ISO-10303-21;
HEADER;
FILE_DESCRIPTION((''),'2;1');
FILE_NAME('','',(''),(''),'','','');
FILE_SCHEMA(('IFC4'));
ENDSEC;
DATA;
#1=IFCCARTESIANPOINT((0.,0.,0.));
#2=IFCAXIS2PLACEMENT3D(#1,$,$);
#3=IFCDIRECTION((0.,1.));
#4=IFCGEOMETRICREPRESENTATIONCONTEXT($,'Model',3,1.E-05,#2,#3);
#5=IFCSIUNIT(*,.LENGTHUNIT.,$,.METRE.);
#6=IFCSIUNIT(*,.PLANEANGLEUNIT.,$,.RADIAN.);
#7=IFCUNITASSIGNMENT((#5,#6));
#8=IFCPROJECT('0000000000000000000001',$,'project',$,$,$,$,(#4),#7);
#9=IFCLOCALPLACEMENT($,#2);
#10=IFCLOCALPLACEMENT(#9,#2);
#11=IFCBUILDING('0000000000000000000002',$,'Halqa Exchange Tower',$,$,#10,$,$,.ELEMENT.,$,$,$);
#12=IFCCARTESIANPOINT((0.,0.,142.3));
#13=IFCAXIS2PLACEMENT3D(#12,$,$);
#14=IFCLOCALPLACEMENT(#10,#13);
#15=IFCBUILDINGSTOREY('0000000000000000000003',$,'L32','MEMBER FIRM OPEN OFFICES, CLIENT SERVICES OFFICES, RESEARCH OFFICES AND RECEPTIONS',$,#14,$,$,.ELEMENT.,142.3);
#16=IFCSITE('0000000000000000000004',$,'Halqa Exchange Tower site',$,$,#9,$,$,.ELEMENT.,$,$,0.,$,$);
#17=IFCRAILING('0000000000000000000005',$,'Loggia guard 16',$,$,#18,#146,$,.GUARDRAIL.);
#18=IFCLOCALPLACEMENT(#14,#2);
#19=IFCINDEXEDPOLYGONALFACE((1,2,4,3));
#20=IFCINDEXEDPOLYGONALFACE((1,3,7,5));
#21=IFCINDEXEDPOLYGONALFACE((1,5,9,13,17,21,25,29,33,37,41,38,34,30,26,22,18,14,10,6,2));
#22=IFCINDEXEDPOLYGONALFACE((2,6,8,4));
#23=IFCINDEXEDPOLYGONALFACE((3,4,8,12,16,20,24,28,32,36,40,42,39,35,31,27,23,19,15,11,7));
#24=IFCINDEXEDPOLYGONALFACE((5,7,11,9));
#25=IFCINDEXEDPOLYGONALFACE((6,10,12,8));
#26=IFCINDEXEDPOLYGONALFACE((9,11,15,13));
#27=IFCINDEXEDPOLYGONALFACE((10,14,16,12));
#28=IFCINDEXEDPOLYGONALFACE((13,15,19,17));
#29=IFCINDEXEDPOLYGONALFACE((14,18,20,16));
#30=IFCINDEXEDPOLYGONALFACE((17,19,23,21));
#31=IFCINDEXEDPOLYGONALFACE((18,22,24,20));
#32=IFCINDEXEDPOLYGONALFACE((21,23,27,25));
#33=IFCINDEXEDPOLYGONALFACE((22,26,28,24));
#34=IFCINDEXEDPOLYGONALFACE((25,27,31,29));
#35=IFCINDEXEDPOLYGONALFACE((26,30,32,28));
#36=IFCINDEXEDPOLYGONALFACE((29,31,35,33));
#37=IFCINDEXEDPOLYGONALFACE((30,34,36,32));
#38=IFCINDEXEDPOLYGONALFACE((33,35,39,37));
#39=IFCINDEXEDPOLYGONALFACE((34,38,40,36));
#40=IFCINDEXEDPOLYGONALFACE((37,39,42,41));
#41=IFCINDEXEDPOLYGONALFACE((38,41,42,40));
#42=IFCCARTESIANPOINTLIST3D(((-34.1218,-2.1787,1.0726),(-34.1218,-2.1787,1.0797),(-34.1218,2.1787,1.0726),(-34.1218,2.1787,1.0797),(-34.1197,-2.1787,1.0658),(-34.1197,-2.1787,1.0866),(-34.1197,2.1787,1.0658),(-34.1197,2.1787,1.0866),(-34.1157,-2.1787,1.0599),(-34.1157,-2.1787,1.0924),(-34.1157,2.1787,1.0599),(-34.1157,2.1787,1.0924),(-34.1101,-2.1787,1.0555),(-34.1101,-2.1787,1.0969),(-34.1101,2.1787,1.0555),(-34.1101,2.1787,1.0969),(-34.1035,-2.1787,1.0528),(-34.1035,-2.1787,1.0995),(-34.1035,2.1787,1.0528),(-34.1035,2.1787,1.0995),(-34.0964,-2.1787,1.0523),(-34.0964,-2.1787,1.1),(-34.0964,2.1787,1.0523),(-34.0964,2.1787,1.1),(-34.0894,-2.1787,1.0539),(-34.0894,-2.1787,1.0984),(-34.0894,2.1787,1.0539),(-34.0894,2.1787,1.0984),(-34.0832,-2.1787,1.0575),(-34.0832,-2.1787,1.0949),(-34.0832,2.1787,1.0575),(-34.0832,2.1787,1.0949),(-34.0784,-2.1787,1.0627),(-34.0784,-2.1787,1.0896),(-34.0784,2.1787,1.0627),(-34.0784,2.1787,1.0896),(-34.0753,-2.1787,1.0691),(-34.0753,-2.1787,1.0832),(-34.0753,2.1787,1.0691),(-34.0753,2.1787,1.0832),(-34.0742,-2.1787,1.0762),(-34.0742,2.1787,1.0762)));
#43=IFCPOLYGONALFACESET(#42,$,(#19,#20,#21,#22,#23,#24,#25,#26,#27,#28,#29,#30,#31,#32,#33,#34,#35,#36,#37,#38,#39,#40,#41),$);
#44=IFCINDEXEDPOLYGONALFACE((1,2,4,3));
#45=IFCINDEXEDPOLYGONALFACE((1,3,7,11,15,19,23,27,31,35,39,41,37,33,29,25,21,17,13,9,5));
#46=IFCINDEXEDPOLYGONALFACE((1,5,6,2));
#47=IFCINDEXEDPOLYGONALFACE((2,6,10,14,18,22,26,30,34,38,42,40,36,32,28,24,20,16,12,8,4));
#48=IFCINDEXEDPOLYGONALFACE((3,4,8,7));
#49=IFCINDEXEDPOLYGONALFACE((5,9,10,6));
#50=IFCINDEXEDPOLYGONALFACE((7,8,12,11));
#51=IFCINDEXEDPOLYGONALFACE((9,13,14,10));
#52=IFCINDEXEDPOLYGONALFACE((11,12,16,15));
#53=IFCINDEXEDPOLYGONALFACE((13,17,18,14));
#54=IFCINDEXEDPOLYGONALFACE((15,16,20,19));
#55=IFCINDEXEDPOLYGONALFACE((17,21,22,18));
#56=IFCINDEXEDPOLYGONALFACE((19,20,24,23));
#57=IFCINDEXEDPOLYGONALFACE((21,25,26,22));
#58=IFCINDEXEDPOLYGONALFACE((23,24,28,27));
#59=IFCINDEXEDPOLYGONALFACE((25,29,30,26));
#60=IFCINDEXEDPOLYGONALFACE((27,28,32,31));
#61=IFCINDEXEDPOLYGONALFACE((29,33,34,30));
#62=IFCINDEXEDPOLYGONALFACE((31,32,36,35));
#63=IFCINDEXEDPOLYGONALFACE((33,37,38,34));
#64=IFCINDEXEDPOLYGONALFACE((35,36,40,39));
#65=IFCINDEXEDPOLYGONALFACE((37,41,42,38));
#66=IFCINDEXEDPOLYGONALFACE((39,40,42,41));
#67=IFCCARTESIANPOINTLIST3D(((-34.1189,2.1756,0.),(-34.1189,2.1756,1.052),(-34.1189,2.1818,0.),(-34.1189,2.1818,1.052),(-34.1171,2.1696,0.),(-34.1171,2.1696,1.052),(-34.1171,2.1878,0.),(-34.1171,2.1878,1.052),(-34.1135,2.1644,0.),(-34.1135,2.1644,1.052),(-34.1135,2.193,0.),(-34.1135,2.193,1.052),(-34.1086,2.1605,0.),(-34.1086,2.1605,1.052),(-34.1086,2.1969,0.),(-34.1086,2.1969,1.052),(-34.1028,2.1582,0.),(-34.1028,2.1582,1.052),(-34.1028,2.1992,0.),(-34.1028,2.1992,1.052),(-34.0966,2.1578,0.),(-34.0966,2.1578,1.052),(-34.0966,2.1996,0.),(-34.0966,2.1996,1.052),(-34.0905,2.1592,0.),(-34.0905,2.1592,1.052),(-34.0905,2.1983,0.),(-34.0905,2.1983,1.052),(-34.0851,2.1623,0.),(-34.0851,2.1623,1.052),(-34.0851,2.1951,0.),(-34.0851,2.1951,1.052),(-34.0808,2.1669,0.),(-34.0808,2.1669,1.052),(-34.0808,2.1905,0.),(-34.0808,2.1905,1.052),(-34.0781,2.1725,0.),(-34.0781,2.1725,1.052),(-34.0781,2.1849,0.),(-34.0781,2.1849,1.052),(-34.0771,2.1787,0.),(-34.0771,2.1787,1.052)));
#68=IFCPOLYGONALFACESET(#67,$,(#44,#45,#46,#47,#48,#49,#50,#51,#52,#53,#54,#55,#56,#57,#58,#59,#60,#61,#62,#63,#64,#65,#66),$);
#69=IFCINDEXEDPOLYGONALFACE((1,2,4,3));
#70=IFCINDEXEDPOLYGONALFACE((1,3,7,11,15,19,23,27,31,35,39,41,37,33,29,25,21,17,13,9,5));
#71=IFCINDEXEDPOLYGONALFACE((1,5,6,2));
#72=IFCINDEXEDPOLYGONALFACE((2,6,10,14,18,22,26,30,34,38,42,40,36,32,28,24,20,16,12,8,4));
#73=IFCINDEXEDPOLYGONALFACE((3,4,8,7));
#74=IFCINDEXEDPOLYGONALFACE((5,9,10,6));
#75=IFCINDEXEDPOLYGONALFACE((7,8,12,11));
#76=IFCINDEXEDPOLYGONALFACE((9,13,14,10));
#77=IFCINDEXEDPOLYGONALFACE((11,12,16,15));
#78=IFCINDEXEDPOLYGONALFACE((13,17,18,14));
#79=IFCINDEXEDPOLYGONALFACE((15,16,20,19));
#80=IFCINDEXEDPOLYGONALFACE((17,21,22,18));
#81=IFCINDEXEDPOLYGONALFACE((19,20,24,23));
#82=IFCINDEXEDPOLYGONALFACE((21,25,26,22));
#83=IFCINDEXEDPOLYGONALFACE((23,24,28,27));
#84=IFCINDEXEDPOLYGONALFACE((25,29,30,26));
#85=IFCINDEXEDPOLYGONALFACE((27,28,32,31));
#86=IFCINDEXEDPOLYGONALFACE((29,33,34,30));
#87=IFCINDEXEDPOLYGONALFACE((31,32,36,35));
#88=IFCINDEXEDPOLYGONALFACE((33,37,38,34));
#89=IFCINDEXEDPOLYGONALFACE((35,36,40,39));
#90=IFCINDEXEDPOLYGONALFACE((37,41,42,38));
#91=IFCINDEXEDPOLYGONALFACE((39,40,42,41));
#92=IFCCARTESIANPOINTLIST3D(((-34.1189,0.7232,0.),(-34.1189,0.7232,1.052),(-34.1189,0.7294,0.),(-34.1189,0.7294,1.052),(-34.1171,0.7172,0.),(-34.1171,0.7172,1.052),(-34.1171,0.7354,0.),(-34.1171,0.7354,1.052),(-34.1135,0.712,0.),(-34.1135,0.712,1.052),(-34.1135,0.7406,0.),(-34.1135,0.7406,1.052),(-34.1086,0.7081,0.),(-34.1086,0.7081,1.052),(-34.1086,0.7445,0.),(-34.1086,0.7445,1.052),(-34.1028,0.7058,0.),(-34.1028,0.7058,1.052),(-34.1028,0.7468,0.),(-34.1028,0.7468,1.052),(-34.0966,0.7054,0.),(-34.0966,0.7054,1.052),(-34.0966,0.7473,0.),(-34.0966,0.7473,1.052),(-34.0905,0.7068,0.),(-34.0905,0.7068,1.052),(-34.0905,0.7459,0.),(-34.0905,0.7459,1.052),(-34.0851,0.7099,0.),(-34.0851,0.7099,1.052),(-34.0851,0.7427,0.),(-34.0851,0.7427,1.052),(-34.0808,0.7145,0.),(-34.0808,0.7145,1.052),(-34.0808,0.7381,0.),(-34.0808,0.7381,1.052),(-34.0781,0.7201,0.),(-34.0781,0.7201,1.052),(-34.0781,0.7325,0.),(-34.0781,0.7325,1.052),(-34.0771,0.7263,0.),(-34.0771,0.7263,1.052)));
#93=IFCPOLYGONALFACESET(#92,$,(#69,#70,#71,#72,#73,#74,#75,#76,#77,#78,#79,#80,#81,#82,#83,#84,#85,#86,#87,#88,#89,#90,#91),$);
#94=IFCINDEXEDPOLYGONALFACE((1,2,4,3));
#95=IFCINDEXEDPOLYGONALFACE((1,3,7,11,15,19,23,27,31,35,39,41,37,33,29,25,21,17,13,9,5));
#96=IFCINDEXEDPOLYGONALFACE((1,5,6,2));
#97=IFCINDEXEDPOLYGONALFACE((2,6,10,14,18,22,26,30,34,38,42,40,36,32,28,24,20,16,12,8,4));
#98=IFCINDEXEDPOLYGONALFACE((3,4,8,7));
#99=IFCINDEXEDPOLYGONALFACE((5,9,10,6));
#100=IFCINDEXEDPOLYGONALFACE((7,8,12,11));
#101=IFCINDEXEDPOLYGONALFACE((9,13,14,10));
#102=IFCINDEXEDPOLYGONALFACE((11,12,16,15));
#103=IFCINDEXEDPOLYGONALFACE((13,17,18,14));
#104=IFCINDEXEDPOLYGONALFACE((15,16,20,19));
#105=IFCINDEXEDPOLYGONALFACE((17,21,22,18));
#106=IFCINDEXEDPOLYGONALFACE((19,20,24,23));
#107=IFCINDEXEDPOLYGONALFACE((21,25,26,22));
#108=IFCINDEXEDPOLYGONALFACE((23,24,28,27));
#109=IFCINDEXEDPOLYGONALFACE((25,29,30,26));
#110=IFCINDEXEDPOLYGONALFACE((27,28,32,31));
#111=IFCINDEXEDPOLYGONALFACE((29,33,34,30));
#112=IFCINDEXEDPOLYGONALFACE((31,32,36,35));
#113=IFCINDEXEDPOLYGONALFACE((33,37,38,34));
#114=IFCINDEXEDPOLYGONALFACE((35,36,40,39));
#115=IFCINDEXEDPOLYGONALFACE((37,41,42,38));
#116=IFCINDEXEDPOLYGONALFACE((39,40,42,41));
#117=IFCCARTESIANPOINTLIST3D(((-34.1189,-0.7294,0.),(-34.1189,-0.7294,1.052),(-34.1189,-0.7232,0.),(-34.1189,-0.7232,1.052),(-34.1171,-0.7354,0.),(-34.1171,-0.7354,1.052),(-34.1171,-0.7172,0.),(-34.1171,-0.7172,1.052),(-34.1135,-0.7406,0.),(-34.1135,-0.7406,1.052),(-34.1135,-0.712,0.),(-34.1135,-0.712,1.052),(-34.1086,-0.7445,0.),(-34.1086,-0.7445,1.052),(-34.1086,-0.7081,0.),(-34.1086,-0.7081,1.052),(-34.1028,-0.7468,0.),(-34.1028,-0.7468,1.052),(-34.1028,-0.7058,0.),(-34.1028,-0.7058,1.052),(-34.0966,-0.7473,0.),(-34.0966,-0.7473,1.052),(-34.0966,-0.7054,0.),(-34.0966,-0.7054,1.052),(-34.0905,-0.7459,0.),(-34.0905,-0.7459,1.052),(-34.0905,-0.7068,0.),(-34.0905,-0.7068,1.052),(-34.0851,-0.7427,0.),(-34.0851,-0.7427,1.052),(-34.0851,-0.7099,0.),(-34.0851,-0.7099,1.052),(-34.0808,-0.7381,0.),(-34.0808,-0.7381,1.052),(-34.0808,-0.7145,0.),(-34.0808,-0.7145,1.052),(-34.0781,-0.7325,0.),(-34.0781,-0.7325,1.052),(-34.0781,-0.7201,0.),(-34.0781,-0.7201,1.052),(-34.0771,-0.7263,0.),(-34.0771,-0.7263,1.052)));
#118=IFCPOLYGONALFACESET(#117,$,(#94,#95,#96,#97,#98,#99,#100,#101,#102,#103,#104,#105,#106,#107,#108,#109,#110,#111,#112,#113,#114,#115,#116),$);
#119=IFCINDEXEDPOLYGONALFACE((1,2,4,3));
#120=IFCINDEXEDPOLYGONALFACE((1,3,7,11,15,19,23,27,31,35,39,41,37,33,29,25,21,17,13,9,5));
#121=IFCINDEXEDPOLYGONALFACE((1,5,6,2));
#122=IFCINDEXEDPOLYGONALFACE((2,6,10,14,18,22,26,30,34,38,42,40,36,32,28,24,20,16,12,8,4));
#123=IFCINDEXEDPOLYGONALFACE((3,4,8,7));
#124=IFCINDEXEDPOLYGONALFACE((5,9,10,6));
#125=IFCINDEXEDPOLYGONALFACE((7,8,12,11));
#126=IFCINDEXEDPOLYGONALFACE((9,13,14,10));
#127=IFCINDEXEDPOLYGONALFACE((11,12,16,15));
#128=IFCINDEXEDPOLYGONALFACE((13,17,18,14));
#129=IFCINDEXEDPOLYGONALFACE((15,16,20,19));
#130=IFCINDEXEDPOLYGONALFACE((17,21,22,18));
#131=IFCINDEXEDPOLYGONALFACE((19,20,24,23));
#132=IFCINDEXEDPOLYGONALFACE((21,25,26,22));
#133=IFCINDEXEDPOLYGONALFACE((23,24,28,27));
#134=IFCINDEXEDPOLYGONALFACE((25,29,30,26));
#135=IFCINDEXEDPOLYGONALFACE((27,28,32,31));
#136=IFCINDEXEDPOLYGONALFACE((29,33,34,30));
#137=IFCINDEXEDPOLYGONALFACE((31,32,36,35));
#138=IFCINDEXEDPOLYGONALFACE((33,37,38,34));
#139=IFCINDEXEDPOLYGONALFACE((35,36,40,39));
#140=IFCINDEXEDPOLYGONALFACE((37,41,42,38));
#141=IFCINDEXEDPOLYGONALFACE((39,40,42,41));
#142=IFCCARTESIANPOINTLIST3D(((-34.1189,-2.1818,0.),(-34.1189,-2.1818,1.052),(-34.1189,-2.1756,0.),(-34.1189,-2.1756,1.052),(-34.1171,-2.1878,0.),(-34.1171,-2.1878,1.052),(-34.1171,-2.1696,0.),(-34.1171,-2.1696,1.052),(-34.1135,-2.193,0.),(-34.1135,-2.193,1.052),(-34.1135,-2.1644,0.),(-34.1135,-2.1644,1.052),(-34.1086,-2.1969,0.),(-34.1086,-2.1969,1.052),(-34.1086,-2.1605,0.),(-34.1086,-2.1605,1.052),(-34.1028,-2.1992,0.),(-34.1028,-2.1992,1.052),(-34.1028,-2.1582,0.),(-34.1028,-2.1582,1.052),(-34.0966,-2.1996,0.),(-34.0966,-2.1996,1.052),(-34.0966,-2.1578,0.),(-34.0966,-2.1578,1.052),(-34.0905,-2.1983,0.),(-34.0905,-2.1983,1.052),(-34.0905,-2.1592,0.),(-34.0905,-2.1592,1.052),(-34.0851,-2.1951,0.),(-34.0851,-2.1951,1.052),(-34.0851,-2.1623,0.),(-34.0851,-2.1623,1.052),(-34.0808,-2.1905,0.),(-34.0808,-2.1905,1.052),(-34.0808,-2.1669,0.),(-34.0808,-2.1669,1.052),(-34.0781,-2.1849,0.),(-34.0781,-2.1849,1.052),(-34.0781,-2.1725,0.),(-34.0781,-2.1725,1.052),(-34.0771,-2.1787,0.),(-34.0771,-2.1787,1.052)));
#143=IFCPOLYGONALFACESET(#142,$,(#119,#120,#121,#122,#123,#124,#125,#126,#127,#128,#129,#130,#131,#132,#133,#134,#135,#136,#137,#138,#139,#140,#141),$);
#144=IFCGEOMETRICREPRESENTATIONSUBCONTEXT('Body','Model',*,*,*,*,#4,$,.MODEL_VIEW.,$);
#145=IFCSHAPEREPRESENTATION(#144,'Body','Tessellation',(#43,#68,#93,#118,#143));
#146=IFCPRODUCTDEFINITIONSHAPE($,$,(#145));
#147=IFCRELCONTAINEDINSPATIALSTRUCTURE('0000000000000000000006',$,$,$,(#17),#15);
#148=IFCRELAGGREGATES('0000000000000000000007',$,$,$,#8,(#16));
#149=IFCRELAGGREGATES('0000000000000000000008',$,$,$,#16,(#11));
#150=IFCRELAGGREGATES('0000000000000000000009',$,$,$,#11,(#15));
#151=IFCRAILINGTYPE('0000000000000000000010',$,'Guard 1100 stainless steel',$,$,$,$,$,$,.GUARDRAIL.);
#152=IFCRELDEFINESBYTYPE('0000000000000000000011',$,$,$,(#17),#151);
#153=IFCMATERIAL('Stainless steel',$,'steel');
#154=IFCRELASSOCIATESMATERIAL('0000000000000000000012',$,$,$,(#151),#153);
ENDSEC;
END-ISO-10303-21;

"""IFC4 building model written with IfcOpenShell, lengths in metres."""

from ifc_helpers import new_model, si_unit, direction, frame, origin, origin_2d, place, context, subcontext, project, spatial, circle, extrude, material, type_object, element, save


model = new_model("IFC4")

# Units and contexts
model_context = context("Model", 3, precision=1e-05, world=origin(), true_north=direction((0.0, 1.0)))
body_context = subcontext(model_context, "Body", "Model", "MODEL_VIEW")
ifc_project = project(units=[si_unit("LENGTHUNIT", "METRE"), si_unit("PLANEANGLEUNIT", "RADIAN")], contexts=[model_context])

# Site, building, storey
site_placement = place(None, origin())
site = spatial("IfcSite", under=ifc_project, at=site_placement, Name="Halqa Exchange Tower site", CompositionType="ELEMENT", RefElevation=0.0)
building_placement = place(site_placement, origin())
building = spatial("IfcBuilding", under=site, at=building_placement, Name="Halqa Exchange Tower", CompositionType="ELEMENT")
storey_placement = place(building_placement, frame((0.0, 0.0, 142.3)))
storey = spatial("IfcBuildingStorey", under=building, at=storey_placement, Name="L32", Description="MEMBER FIRM OPEN OFFICES, CLIENT SERVICES OFFICES, RESEARCH OFFICES AND RECEPTIONS", CompositionType="ELEMENT", Elevation=142.3)

# Railing
ifc_material_1 = material(Name="Stainless steel", Category="steel")
railing_type = type_object("IfcRailingType", Name="Guard 1100 stainless steel", PredefinedType="GUARDRAIL", material=ifc_material_1)
railing_1_placement = place(storey_placement, frame((-34.0981, 2.1787, 0.0)))
element("IfcRailing", 1, at=railing_1_placement, inside=storey, type_object=railing_type, Name="Loggia guard 16", PredefinedType="GUARDRAIL", context=body_context, shape_type="SweptSolid", body=[
    extrude(circle(Radius=0.0239, at=origin_2d()), frame((0.0, 0.0, 1.0762), z_axis=(0.0, -1.0, 0.0), x_axis=(1.0, 0.0, 0.0)), (0.0, 0.0, 1.0), 4.3574),
    extrude(circle(Radius=0.021, at=origin_2d()), origin(), (0.0, 0.0, 1.0), 1.052),
    extrude(circle(Radius=0.021, at=origin_2d()), frame((0.0, -1.4524, 0.0)), (0.0, 0.0, 1.0), 1.052),
    extrude(circle(Radius=0.021, at=origin_2d()), frame((0.0, -2.905, 0.0)), (0.0, 0.0, 1.0), 1.052),
    extrude(circle(Radius=0.021, at=origin_2d()), frame((0.0, -4.3574, 0.0)), (0.0, 0.0, 1.0), 1.052),
])

save(model, "model.ifc")
